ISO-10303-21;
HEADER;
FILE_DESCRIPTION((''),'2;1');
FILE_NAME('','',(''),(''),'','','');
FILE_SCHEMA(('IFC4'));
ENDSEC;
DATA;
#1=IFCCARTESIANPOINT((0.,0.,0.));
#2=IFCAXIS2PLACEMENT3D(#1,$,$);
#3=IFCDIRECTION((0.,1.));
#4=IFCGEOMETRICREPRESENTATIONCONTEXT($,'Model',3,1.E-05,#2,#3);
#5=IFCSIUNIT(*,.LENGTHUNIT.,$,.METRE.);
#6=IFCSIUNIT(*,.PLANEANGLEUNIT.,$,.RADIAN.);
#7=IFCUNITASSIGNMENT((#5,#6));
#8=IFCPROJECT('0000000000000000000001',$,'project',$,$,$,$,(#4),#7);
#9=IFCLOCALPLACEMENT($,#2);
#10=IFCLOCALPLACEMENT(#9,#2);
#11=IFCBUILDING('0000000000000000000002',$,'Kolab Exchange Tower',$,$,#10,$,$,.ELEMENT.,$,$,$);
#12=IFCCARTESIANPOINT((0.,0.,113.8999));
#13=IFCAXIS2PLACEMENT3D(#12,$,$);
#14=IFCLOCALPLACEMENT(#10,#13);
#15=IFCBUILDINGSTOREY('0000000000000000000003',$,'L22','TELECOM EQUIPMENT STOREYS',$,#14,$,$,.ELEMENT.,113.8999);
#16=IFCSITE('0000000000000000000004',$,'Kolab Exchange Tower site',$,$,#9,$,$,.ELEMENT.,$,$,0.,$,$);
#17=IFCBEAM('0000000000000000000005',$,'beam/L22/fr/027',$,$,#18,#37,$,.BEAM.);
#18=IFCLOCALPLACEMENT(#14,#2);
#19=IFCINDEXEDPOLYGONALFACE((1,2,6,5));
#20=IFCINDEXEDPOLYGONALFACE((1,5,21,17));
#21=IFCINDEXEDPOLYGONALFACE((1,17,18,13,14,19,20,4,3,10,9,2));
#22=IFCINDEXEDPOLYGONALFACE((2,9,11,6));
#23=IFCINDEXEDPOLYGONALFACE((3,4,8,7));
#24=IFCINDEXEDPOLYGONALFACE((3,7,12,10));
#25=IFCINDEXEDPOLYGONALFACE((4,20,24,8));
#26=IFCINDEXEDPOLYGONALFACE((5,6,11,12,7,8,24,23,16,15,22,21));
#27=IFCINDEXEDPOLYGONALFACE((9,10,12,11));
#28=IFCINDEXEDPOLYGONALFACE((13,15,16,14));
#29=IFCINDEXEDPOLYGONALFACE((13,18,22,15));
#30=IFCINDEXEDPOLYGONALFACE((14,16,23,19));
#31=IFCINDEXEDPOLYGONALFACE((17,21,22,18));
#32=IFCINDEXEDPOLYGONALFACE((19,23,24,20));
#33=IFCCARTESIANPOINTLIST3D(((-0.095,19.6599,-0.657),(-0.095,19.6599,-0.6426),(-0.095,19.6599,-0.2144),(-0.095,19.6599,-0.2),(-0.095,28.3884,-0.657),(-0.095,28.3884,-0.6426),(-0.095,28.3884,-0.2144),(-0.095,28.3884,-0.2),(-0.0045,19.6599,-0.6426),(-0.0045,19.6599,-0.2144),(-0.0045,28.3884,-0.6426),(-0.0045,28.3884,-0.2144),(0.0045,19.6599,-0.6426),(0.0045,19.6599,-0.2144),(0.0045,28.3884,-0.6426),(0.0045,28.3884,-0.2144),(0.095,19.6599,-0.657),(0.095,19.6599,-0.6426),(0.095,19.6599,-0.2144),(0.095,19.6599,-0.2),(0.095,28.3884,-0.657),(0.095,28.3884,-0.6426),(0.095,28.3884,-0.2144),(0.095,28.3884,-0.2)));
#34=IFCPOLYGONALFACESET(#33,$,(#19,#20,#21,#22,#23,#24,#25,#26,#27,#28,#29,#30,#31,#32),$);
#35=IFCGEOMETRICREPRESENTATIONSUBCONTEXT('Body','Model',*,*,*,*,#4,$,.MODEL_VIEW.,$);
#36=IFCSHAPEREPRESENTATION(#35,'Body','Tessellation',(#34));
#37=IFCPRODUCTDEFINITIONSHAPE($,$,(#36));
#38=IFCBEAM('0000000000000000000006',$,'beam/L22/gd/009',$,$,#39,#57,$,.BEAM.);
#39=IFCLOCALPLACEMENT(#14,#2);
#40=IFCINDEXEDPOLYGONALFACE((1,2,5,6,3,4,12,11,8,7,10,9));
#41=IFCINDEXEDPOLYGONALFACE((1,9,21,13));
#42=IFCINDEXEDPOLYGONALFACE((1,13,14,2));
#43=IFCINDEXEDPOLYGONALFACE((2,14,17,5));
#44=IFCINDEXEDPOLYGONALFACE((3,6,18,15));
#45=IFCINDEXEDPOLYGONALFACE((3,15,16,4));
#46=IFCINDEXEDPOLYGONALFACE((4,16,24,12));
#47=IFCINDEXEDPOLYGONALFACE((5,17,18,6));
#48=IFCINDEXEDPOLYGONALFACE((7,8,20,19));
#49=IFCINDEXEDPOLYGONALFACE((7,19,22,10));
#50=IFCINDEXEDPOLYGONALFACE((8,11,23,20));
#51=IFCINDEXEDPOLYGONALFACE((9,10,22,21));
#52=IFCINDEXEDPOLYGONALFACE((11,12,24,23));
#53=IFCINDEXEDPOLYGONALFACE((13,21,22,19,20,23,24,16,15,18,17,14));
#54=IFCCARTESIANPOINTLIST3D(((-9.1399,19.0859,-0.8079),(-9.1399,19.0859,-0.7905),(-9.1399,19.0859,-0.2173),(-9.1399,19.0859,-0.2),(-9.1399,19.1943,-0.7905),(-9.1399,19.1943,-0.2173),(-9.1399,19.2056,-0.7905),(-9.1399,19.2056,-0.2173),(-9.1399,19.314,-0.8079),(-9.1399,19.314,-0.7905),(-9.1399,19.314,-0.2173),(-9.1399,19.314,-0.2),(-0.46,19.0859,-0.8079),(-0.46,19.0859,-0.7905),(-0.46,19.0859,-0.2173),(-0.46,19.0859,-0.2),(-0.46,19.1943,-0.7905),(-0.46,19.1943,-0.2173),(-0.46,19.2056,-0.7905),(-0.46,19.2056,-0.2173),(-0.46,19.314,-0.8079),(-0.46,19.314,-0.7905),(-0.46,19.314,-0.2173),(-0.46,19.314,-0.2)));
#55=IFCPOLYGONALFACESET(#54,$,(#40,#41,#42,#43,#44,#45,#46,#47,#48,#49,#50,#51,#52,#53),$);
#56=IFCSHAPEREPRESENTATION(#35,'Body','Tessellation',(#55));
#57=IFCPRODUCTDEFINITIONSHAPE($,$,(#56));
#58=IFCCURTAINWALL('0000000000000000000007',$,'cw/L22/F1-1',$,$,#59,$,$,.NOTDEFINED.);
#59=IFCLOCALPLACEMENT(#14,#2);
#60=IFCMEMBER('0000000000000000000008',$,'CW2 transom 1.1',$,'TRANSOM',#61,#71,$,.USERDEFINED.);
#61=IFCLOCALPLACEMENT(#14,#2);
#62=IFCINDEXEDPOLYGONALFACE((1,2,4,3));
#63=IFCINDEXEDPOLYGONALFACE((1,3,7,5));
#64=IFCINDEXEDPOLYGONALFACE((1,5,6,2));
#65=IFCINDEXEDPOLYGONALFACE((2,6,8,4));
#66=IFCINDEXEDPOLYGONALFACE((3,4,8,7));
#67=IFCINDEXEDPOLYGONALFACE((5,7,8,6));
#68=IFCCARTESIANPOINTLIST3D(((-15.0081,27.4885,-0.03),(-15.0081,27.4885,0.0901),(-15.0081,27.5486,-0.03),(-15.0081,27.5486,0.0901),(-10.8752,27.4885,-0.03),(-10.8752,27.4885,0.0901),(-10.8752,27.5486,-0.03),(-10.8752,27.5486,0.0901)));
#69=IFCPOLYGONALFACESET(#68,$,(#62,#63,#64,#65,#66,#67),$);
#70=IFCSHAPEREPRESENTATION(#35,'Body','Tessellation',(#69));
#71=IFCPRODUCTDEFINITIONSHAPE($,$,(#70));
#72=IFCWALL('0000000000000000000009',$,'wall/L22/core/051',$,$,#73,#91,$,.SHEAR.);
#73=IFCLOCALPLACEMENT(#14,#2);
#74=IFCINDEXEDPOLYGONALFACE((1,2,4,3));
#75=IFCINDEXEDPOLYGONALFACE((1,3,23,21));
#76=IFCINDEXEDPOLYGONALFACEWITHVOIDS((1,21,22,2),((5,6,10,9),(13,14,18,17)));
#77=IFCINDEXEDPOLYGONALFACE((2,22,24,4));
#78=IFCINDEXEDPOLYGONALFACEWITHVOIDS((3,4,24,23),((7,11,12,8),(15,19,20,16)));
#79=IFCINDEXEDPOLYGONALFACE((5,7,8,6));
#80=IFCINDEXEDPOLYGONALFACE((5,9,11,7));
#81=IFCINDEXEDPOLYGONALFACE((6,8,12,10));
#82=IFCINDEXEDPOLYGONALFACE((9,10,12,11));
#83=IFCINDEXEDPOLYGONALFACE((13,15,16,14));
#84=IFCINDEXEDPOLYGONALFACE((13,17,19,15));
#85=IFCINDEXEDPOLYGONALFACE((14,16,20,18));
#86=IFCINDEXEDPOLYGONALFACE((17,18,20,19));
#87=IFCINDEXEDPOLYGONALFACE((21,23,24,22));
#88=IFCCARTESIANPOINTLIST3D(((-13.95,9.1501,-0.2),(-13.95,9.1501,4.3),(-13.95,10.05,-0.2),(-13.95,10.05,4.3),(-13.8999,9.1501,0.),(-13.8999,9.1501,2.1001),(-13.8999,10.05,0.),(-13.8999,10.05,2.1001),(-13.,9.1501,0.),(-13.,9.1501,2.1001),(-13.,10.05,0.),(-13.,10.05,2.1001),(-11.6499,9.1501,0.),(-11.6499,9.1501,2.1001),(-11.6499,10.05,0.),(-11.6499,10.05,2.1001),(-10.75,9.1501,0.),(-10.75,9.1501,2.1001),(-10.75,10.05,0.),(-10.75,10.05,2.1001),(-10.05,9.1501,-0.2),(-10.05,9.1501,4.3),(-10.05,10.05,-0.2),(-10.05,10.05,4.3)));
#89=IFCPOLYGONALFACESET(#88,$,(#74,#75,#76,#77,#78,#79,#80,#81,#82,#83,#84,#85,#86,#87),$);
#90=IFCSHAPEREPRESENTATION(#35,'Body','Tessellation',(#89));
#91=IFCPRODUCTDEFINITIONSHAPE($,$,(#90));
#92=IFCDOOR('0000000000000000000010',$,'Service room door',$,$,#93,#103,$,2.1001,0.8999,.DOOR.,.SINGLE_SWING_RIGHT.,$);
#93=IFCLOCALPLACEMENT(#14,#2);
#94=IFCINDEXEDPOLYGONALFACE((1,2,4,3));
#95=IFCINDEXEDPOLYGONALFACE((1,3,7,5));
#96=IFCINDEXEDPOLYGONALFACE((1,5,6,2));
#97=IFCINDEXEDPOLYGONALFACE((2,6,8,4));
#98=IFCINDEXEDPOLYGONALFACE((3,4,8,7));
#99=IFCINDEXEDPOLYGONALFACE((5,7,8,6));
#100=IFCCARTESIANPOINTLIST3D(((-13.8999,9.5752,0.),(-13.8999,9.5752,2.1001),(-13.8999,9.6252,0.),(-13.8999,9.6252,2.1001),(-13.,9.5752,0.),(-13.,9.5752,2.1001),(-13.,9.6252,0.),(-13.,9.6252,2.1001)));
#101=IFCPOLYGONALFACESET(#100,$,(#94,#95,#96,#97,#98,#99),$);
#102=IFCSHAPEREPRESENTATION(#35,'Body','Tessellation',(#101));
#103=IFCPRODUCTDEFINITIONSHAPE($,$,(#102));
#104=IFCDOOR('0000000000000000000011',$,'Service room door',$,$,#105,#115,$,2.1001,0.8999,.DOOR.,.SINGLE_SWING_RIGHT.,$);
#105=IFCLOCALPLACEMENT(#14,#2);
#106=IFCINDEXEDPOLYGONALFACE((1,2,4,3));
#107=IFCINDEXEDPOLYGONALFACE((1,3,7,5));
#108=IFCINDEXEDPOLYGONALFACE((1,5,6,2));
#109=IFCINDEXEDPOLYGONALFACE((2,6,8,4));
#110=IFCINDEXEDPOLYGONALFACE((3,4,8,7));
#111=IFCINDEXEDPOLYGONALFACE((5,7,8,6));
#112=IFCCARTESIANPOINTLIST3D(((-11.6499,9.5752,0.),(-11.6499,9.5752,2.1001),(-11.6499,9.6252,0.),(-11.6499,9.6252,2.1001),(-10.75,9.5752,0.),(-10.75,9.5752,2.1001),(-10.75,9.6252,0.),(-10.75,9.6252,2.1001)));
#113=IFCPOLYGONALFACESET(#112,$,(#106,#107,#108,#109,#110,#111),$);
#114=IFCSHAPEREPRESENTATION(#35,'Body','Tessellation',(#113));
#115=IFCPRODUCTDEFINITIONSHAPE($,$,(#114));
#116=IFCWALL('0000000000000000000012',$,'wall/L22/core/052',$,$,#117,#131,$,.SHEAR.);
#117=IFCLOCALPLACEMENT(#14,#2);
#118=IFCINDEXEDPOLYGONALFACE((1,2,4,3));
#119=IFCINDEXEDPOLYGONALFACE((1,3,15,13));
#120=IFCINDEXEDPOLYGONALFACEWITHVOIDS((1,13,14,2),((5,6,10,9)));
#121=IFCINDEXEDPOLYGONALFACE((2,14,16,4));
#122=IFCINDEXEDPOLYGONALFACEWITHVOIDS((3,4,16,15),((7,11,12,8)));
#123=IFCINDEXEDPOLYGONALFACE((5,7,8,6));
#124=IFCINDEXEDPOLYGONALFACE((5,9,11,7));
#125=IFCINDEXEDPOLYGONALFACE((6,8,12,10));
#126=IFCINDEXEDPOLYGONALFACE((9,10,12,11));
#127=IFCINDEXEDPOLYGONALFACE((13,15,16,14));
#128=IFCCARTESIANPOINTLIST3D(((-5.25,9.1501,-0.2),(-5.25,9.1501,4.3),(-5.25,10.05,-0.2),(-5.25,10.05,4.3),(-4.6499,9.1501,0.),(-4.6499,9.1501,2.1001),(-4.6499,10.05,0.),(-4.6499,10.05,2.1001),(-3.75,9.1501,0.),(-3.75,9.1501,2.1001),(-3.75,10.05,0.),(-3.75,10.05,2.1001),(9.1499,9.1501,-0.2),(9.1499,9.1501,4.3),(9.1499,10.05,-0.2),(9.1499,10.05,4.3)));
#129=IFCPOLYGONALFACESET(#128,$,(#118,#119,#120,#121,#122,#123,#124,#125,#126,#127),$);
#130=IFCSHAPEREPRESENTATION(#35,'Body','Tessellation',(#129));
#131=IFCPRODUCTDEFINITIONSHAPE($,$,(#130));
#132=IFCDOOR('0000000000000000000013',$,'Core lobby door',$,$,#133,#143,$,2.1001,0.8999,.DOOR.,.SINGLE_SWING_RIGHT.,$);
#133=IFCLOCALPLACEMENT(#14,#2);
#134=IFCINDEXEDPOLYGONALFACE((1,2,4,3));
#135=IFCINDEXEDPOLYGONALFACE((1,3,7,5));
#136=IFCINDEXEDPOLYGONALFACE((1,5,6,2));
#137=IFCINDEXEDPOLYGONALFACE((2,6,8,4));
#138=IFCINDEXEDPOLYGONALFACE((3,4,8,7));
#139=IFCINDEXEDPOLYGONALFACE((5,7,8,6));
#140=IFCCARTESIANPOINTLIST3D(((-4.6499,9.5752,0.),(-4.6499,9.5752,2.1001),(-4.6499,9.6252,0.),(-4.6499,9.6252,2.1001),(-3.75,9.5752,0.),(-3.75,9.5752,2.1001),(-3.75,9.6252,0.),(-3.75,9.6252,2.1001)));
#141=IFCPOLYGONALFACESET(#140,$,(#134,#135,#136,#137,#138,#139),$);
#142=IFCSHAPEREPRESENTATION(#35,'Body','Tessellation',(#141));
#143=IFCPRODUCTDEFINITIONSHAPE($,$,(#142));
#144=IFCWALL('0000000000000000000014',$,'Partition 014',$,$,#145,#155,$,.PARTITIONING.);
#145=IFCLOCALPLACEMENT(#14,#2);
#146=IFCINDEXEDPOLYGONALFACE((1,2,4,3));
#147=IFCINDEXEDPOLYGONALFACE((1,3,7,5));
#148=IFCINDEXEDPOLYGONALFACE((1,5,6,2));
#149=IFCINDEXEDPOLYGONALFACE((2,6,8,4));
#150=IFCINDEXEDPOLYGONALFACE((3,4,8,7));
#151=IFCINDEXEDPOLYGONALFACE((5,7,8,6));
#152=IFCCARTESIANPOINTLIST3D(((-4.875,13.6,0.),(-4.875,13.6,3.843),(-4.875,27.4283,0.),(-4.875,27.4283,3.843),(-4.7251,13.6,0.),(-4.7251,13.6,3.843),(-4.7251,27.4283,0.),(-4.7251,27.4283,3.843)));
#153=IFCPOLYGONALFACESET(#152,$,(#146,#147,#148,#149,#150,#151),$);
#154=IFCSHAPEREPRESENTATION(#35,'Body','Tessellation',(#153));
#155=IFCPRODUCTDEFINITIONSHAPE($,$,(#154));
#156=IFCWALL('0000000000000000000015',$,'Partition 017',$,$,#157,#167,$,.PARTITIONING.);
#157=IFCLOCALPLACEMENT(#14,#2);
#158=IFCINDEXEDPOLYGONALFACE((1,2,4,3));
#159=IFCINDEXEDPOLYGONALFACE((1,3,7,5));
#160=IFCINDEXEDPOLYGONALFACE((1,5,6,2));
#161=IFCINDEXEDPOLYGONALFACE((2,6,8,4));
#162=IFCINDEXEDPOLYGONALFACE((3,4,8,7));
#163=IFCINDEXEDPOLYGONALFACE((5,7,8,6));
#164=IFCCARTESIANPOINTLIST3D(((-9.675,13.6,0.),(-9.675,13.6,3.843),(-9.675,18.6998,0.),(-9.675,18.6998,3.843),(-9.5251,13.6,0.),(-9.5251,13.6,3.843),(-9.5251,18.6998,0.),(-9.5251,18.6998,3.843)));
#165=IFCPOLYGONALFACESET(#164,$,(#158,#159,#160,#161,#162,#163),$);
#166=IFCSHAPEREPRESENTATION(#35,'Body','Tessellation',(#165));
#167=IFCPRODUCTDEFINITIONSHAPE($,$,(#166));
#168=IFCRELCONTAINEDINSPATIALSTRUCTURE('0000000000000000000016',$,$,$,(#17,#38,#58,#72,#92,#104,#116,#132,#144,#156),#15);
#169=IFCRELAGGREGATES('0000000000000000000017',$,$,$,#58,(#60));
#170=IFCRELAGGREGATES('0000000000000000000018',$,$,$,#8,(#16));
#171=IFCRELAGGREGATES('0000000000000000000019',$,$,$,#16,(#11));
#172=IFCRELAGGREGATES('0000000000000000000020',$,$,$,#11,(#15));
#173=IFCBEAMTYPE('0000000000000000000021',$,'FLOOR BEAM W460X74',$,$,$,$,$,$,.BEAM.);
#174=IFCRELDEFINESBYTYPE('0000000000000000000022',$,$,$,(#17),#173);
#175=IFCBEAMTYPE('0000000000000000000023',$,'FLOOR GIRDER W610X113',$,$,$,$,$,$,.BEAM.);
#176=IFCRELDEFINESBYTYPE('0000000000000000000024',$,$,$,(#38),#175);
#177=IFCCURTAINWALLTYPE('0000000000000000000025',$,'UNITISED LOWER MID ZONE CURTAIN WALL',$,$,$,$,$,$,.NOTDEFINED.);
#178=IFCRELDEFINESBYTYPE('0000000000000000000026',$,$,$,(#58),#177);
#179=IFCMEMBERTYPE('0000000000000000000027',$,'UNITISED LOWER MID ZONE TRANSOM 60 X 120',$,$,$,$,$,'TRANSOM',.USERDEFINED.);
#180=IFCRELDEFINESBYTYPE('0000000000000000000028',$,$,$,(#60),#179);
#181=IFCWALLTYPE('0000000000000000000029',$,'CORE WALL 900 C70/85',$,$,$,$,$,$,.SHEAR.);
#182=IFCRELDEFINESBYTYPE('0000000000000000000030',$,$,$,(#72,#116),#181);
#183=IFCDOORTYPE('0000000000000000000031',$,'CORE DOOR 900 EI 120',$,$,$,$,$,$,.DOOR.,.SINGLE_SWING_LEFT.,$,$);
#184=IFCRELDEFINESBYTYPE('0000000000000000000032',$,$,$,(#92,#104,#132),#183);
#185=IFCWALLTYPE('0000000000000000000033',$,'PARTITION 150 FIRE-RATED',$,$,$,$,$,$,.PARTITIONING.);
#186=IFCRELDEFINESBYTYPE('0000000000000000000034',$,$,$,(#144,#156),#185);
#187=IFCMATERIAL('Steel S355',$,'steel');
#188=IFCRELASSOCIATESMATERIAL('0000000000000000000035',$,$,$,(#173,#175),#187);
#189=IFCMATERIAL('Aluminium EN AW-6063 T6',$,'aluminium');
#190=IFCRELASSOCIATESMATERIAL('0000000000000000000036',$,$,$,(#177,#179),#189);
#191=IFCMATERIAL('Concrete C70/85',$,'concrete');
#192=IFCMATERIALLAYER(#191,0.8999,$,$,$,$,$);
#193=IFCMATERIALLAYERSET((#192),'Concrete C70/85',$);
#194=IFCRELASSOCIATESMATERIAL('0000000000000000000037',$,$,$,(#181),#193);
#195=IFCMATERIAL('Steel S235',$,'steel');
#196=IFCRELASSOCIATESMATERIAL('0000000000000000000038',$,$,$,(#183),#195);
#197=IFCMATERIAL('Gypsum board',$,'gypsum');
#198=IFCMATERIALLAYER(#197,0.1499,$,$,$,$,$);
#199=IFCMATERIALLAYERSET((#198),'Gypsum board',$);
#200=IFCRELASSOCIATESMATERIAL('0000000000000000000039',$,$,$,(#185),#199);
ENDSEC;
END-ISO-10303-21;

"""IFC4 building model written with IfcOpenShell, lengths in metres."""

from ifc_helpers import new_model, si_unit, direction, frame, frame_2d, origin, origin_2d, place, context, subcontext, project, spatial, rectangle, i_section, extrude, material, layer, layer_set, material_profile, profile_set, type_object, element, fill, aggregate, save


model = new_model("IFC4")

# Units and contexts
model_context = context("Model", 3, precision=1e-05, world=origin(), true_north=direction((0.0, 1.0)))
body_context = subcontext(model_context, "Body", "Model", "MODEL_VIEW")
ifc_project = project(units=[si_unit("LENGTHUNIT", "METRE"), si_unit("PLANEANGLEUNIT", "RADIAN")], contexts=[model_context])

# Site, building, storey
site_placement = place(None, origin())
site = spatial("IfcSite", under=ifc_project, at=site_placement, Name="Kolab Exchange Tower site", CompositionType="ELEMENT", RefElevation=0.0)
building_placement = place(site_placement, origin())
building = spatial("IfcBuilding", under=site, at=building_placement, Name="Kolab Exchange Tower", CompositionType="ELEMENT")
storey_placement = place(building_placement, frame((0.0, 0.0, 113.8999)))
storey = spatial("IfcBuildingStorey", under=building, at=storey_placement, Name="L22", Description="TELECOM EQUIPMENT STOREYS", CompositionType="ELEMENT", Elevation=113.8999)

# Shared definitions
ifc_material_1 = material(Name="Concrete C70/85", Category="concrete")

# Beams
ifc_material_2 = material(Name="Steel S355", Category="steel")
ifc_material_profile_1 = material_profile(ifc_material_2, i_section(OverallWidth=0.1899, OverallDepth=0.457, WebThickness=0.009, FlangeThickness=0.0144, at=origin_2d()), Name="W460X74")
ifc_profile_set_1 = profile_set([ifc_material_profile_1], Name="Steel S355")
beam_type_1 = type_object("IfcBeamType", Name="FLOOR BEAM W460X74", PredefinedType="BEAM", material=ifc_profile_set_1)
beam_1_placement = place(storey_placement, frame((0.0, 19.6599, -0.4285), z_axis=(0.0, 1.0, 0.0), x_axis=(-1.0, 0.0, 0.0)))
element("IfcBeam", 1, at=beam_1_placement, inside=storey, type_object=beam_type_1, Name="beam/L22/fr/027", PredefinedType="BEAM", context=body_context, shape_type="SweptSolid", body=[
    extrude(i_section(OverallWidth=0.1899, OverallDepth=0.457, WebThickness=0.009, FlangeThickness=0.0144, at=origin_2d()), origin(), (0.0, 0.0, 1.0), 8.7285),
])
ifc_material_profile_2 = material_profile(ifc_material_2, i_section(OverallWidth=0.228, OverallDepth=0.6079, WebThickness=0.0112, FlangeThickness=0.0173, at=origin_2d()), Name="W610X113")
ifc_profile_set_2 = profile_set([ifc_material_profile_2], Name="Steel S355")
beam_type_2 = type_object("IfcBeamType", Name="FLOOR GIRDER W610X113", PredefinedType="BEAM", material=ifc_profile_set_2)
beam_2_placement = place(storey_placement, frame((-9.1399, 19.2, -0.5039), z_axis=(1.0, 0.0, 0.0), x_axis=(0.0, 1.0, 0.0)))
element("IfcBeam", 2, at=beam_2_placement, inside=storey, type_object=beam_type_2, Name="beam/L22/gd/009", PredefinedType="BEAM", context=body_context, shape_type="SweptSolid", body=[
    extrude(i_section(OverallWidth=0.228, OverallDepth=0.6079, WebThickness=0.0112, FlangeThickness=0.0173, at=origin_2d()), origin(), (0.0, 0.0, 1.0), 8.6799),
])

# Curtain wall, member
ifc_material_3 = material(Name="Aluminium EN AW-6063 T6", Category="aluminium")
curtain_wall_type = type_object("IfcCurtainWallType", Name="UNITISED LOWER MID ZONE CURTAIN WALL", PredefinedType="NOTDEFINED", material=ifc_material_3)
curtain_wall_placement = place(storey_placement, origin())
curtain_wall = element("IfcCurtainWall", 3, at=curtain_wall_placement, inside=storey, type_object=curtain_wall_type, Name="cw/L22/F1-1", PredefinedType="NOTDEFINED")
ifc_material_profile_3 = material_profile(ifc_material_3, rectangle(XDim=0.0601, YDim=0.1201, at=origin_2d()), Name="RECT 60X120")
ifc_profile_set_3 = profile_set([ifc_material_profile_3], Name="Aluminium EN AW-6063 T6")
member_type = type_object("IfcMemberType", Name="UNITISED LOWER MID ZONE TRANSOM 60 X 120", ElementType="TRANSOM", PredefinedType="USERDEFINED", material=ifc_profile_set_3)
member_placement = place(storey_placement, frame((-15.0081, 27.5186, 0.03), z_axis=(1.0, 0.0, 0.0), x_axis=(0.0, 1.0, 0.0)))
member = element("IfcMember", 4, at=member_placement, type_object=member_type, Name="CW2 transom 1.1", ObjectType="TRANSOM", PredefinedType="USERDEFINED", context=body_context, shape_type="SweptSolid", body=[
    extrude(rectangle(XDim=0.0601, YDim=0.1201, at=origin_2d()), origin(), (0.0, 0.0, 1.0), 4.1328),
])
aggregate(curtain_wall, [member])

# Wall, openings, doors
ifc_layer_1 = layer(ifc_material_1, 0.8999)
ifc_layer_set_1 = layer_set([ifc_layer_1], Name="Concrete C70/85")
wall_type_1 = type_object("IfcWallType", Name="CORE WALL 900 C70/85", PredefinedType="SHEAR", material=ifc_layer_set_1)
wall_1_placement = place(storey_placement, frame((-13.95, 9.6001, -0.2), z_axis=(0.0, 0.0, 1.0), x_axis=(1.0, 0.0, 0.0)))
wall_1 = element("IfcWall", 5, at=wall_1_placement, inside=storey, type_object=wall_type_1, Name="wall/L22/core/051", PredefinedType="SHEAR", context=body_context, shape_type="SweptSolid", body=[
    extrude(rectangle(XDim=3.8999, YDim=0.8999, at=frame_2d((1.95, 0.0))), origin(), (0.0, 0.0, 1.0), 4.5),
])
opening_1_placement = place(wall_1_placement, frame((0.05, 0.0, 0.2)))
opening_1 = element("IfcOpeningElement", 6, at=opening_1_placement, cuts=wall_1, PredefinedType="OPENING", context=body_context, shape_type="SweptSolid", body=[
    extrude(rectangle(XDim=0.8999, YDim=2.1001, at=frame_2d((0.45, 1.05))), frame((0.0, 0.46, 0.0), z_axis=(0.0, -1.0, 0.0), x_axis=(1.0, 0.0, 0.0)), (0.0, 0.0, 1.0), 0.9199),
])
opening_2_placement = place(wall_1_placement, frame((2.3, 0.0, 0.2)))
opening_2 = element("IfcOpeningElement", 7, at=opening_2_placement, cuts=wall_1, PredefinedType="OPENING", context=body_context, shape_type="SweptSolid", body=[
    extrude(rectangle(XDim=0.8999, YDim=2.1001, at=frame_2d((0.45, 1.05))), frame((0.0, 0.46, 0.0), z_axis=(0.0, -1.0, 0.0), x_axis=(1.0, 0.0, 0.0)), (0.0, 0.0, 1.0), 0.9199),
])
ifc_material_4 = material(Name="Steel S235", Category="steel")
door_type = type_object("IfcDoorType", Name="CORE DOOR 900 EI 120", OperationType="SINGLE_SWING_LEFT", PredefinedType="DOOR", material=ifc_material_4)
door_1_placement = place(opening_1_placement, frame((0.8999, 0.0, 0.0), z_axis=(0.0, 0.0, 1.0), x_axis=(-1.0, 0.0, 0.0)))
door_1 = element("IfcDoor", 8, at=door_1_placement, inside=storey, type_object=door_type, Name="Service room door", OperationType="SINGLE_SWING_RIGHT", OverallHeight=2.1001, OverallWidth=0.8999, PredefinedType="DOOR", context=body_context, shape_type="SweptSolid", body=[
    extrude(rectangle(XDim=0.8999, YDim=2.1001, at=frame_2d((0.45, 1.05))), frame((0.0, 0.0249, 0.0), z_axis=(0.0, -1.0, 0.0), x_axis=(1.0, 0.0, 0.0)), (0.0, 0.0, 1.0), 0.05),
])
fill(opening_1, door_1)
door_2_placement = place(opening_2_placement, frame((0.8999, 0.0, 0.0), z_axis=(0.0, 0.0, 1.0), x_axis=(-1.0, 0.0, 0.0)))
door_2 = element("IfcDoor", 9, at=door_2_placement, inside=storey, type_object=door_type, Name="Service room door", OperationType="SINGLE_SWING_RIGHT", OverallHeight=2.1001, OverallWidth=0.8999, PredefinedType="DOOR", context=body_context, shape_type="SweptSolid", body=[
    extrude(rectangle(XDim=0.8999, YDim=2.1001, at=frame_2d((0.45, 1.05))), frame((0.0, 0.0249, 0.0), z_axis=(0.0, -1.0, 0.0), x_axis=(1.0, 0.0, 0.0)), (0.0, 0.0, 1.0), 0.05),
])
fill(opening_2, door_2)

# Wall, opening, door
wall_2_placement = place(storey_placement, frame((-5.25, 9.6001, -0.2), z_axis=(0.0, 0.0, 1.0), x_axis=(1.0, 0.0, 0.0)))
wall_2 = element("IfcWall", 10, at=wall_2_placement, inside=storey, type_object=wall_type_1, Name="wall/L22/core/052", PredefinedType="SHEAR", context=body_context, shape_type="SweptSolid", body=[
    extrude(rectangle(XDim=14.3999, YDim=0.8999, at=frame_2d((7.2, 0.0))), origin(), (0.0, 0.0, 1.0), 4.5),
])
opening_3_placement = place(wall_2_placement, frame((0.6001, 0.0, 0.2)))
opening_3 = element("IfcOpeningElement", 11, at=opening_3_placement, cuts=wall_2, PredefinedType="OPENING", context=body_context, shape_type="SweptSolid", body=[
    extrude(rectangle(XDim=0.8999, YDim=2.1001, at=frame_2d((0.45, 1.05))), frame((0.0, 0.46, 0.0), z_axis=(0.0, -1.0, 0.0), x_axis=(1.0, 0.0, 0.0)), (0.0, 0.0, 1.0), 0.9199),
])
door_3_placement = place(opening_3_placement, frame((0.8999, 0.0, 0.0), z_axis=(0.0, 0.0, 1.0), x_axis=(-1.0, 0.0, 0.0)))
door_3 = element("IfcDoor", 12, at=door_3_placement, inside=storey, type_object=door_type, Name="Core lobby door", OperationType="SINGLE_SWING_RIGHT", OverallHeight=2.1001, OverallWidth=0.8999, PredefinedType="DOOR", context=body_context, shape_type="SweptSolid", body=[
    extrude(rectangle(XDim=0.8999, YDim=2.1001, at=frame_2d((0.45, 1.05))), frame((0.0, 0.0249, 0.0), z_axis=(0.0, -1.0, 0.0), x_axis=(1.0, 0.0, 0.0)), (0.0, 0.0, 1.0), 0.05),
])
fill(opening_3, door_3)

# Walls
ifc_material_5 = material(Name="Gypsum board", Category="gypsum")
ifc_layer_2 = layer(ifc_material_5, 0.1499)
ifc_layer_set_2 = layer_set([ifc_layer_2], Name="Gypsum board")
wall_type_2 = type_object("IfcWallType", Name="PARTITION 150 FIRE-RATED", PredefinedType="PARTITIONING", material=ifc_layer_set_2)
wall_3_placement = place(storey_placement, frame((-4.8, 13.6001, 0.0), z_axis=(0.0, 0.0, 1.0), x_axis=(0.0, 1.0, 0.0)))
element("IfcWall", 13, at=wall_3_placement, inside=storey, type_object=wall_type_2, Name="Partition 014", PredefinedType="PARTITIONING", context=body_context, shape_type="SweptSolid", body=[
    extrude(rectangle(XDim=13.8284, YDim=0.1499, at=frame_2d((6.9141, 0.0))), origin(), (0.0, 0.0, 1.0), 3.843),
])
wall_4_placement = place(storey_placement, frame((-9.6001, 13.6001, 0.0), z_axis=(0.0, 0.0, 1.0), x_axis=(0.0, 1.0, 0.0)))
element("IfcWall", 14, at=wall_4_placement, inside=storey, type_object=wall_type_2, Name="Partition 017", PredefinedType="PARTITIONING", context=body_context, shape_type="SweptSolid", body=[
    extrude(rectangle(XDim=5.0999, YDim=0.1499, at=frame_2d((2.5498, 0.0))), origin(), (0.0, 0.0, 1.0), 3.843),
])

save(model, "model.ifc")
